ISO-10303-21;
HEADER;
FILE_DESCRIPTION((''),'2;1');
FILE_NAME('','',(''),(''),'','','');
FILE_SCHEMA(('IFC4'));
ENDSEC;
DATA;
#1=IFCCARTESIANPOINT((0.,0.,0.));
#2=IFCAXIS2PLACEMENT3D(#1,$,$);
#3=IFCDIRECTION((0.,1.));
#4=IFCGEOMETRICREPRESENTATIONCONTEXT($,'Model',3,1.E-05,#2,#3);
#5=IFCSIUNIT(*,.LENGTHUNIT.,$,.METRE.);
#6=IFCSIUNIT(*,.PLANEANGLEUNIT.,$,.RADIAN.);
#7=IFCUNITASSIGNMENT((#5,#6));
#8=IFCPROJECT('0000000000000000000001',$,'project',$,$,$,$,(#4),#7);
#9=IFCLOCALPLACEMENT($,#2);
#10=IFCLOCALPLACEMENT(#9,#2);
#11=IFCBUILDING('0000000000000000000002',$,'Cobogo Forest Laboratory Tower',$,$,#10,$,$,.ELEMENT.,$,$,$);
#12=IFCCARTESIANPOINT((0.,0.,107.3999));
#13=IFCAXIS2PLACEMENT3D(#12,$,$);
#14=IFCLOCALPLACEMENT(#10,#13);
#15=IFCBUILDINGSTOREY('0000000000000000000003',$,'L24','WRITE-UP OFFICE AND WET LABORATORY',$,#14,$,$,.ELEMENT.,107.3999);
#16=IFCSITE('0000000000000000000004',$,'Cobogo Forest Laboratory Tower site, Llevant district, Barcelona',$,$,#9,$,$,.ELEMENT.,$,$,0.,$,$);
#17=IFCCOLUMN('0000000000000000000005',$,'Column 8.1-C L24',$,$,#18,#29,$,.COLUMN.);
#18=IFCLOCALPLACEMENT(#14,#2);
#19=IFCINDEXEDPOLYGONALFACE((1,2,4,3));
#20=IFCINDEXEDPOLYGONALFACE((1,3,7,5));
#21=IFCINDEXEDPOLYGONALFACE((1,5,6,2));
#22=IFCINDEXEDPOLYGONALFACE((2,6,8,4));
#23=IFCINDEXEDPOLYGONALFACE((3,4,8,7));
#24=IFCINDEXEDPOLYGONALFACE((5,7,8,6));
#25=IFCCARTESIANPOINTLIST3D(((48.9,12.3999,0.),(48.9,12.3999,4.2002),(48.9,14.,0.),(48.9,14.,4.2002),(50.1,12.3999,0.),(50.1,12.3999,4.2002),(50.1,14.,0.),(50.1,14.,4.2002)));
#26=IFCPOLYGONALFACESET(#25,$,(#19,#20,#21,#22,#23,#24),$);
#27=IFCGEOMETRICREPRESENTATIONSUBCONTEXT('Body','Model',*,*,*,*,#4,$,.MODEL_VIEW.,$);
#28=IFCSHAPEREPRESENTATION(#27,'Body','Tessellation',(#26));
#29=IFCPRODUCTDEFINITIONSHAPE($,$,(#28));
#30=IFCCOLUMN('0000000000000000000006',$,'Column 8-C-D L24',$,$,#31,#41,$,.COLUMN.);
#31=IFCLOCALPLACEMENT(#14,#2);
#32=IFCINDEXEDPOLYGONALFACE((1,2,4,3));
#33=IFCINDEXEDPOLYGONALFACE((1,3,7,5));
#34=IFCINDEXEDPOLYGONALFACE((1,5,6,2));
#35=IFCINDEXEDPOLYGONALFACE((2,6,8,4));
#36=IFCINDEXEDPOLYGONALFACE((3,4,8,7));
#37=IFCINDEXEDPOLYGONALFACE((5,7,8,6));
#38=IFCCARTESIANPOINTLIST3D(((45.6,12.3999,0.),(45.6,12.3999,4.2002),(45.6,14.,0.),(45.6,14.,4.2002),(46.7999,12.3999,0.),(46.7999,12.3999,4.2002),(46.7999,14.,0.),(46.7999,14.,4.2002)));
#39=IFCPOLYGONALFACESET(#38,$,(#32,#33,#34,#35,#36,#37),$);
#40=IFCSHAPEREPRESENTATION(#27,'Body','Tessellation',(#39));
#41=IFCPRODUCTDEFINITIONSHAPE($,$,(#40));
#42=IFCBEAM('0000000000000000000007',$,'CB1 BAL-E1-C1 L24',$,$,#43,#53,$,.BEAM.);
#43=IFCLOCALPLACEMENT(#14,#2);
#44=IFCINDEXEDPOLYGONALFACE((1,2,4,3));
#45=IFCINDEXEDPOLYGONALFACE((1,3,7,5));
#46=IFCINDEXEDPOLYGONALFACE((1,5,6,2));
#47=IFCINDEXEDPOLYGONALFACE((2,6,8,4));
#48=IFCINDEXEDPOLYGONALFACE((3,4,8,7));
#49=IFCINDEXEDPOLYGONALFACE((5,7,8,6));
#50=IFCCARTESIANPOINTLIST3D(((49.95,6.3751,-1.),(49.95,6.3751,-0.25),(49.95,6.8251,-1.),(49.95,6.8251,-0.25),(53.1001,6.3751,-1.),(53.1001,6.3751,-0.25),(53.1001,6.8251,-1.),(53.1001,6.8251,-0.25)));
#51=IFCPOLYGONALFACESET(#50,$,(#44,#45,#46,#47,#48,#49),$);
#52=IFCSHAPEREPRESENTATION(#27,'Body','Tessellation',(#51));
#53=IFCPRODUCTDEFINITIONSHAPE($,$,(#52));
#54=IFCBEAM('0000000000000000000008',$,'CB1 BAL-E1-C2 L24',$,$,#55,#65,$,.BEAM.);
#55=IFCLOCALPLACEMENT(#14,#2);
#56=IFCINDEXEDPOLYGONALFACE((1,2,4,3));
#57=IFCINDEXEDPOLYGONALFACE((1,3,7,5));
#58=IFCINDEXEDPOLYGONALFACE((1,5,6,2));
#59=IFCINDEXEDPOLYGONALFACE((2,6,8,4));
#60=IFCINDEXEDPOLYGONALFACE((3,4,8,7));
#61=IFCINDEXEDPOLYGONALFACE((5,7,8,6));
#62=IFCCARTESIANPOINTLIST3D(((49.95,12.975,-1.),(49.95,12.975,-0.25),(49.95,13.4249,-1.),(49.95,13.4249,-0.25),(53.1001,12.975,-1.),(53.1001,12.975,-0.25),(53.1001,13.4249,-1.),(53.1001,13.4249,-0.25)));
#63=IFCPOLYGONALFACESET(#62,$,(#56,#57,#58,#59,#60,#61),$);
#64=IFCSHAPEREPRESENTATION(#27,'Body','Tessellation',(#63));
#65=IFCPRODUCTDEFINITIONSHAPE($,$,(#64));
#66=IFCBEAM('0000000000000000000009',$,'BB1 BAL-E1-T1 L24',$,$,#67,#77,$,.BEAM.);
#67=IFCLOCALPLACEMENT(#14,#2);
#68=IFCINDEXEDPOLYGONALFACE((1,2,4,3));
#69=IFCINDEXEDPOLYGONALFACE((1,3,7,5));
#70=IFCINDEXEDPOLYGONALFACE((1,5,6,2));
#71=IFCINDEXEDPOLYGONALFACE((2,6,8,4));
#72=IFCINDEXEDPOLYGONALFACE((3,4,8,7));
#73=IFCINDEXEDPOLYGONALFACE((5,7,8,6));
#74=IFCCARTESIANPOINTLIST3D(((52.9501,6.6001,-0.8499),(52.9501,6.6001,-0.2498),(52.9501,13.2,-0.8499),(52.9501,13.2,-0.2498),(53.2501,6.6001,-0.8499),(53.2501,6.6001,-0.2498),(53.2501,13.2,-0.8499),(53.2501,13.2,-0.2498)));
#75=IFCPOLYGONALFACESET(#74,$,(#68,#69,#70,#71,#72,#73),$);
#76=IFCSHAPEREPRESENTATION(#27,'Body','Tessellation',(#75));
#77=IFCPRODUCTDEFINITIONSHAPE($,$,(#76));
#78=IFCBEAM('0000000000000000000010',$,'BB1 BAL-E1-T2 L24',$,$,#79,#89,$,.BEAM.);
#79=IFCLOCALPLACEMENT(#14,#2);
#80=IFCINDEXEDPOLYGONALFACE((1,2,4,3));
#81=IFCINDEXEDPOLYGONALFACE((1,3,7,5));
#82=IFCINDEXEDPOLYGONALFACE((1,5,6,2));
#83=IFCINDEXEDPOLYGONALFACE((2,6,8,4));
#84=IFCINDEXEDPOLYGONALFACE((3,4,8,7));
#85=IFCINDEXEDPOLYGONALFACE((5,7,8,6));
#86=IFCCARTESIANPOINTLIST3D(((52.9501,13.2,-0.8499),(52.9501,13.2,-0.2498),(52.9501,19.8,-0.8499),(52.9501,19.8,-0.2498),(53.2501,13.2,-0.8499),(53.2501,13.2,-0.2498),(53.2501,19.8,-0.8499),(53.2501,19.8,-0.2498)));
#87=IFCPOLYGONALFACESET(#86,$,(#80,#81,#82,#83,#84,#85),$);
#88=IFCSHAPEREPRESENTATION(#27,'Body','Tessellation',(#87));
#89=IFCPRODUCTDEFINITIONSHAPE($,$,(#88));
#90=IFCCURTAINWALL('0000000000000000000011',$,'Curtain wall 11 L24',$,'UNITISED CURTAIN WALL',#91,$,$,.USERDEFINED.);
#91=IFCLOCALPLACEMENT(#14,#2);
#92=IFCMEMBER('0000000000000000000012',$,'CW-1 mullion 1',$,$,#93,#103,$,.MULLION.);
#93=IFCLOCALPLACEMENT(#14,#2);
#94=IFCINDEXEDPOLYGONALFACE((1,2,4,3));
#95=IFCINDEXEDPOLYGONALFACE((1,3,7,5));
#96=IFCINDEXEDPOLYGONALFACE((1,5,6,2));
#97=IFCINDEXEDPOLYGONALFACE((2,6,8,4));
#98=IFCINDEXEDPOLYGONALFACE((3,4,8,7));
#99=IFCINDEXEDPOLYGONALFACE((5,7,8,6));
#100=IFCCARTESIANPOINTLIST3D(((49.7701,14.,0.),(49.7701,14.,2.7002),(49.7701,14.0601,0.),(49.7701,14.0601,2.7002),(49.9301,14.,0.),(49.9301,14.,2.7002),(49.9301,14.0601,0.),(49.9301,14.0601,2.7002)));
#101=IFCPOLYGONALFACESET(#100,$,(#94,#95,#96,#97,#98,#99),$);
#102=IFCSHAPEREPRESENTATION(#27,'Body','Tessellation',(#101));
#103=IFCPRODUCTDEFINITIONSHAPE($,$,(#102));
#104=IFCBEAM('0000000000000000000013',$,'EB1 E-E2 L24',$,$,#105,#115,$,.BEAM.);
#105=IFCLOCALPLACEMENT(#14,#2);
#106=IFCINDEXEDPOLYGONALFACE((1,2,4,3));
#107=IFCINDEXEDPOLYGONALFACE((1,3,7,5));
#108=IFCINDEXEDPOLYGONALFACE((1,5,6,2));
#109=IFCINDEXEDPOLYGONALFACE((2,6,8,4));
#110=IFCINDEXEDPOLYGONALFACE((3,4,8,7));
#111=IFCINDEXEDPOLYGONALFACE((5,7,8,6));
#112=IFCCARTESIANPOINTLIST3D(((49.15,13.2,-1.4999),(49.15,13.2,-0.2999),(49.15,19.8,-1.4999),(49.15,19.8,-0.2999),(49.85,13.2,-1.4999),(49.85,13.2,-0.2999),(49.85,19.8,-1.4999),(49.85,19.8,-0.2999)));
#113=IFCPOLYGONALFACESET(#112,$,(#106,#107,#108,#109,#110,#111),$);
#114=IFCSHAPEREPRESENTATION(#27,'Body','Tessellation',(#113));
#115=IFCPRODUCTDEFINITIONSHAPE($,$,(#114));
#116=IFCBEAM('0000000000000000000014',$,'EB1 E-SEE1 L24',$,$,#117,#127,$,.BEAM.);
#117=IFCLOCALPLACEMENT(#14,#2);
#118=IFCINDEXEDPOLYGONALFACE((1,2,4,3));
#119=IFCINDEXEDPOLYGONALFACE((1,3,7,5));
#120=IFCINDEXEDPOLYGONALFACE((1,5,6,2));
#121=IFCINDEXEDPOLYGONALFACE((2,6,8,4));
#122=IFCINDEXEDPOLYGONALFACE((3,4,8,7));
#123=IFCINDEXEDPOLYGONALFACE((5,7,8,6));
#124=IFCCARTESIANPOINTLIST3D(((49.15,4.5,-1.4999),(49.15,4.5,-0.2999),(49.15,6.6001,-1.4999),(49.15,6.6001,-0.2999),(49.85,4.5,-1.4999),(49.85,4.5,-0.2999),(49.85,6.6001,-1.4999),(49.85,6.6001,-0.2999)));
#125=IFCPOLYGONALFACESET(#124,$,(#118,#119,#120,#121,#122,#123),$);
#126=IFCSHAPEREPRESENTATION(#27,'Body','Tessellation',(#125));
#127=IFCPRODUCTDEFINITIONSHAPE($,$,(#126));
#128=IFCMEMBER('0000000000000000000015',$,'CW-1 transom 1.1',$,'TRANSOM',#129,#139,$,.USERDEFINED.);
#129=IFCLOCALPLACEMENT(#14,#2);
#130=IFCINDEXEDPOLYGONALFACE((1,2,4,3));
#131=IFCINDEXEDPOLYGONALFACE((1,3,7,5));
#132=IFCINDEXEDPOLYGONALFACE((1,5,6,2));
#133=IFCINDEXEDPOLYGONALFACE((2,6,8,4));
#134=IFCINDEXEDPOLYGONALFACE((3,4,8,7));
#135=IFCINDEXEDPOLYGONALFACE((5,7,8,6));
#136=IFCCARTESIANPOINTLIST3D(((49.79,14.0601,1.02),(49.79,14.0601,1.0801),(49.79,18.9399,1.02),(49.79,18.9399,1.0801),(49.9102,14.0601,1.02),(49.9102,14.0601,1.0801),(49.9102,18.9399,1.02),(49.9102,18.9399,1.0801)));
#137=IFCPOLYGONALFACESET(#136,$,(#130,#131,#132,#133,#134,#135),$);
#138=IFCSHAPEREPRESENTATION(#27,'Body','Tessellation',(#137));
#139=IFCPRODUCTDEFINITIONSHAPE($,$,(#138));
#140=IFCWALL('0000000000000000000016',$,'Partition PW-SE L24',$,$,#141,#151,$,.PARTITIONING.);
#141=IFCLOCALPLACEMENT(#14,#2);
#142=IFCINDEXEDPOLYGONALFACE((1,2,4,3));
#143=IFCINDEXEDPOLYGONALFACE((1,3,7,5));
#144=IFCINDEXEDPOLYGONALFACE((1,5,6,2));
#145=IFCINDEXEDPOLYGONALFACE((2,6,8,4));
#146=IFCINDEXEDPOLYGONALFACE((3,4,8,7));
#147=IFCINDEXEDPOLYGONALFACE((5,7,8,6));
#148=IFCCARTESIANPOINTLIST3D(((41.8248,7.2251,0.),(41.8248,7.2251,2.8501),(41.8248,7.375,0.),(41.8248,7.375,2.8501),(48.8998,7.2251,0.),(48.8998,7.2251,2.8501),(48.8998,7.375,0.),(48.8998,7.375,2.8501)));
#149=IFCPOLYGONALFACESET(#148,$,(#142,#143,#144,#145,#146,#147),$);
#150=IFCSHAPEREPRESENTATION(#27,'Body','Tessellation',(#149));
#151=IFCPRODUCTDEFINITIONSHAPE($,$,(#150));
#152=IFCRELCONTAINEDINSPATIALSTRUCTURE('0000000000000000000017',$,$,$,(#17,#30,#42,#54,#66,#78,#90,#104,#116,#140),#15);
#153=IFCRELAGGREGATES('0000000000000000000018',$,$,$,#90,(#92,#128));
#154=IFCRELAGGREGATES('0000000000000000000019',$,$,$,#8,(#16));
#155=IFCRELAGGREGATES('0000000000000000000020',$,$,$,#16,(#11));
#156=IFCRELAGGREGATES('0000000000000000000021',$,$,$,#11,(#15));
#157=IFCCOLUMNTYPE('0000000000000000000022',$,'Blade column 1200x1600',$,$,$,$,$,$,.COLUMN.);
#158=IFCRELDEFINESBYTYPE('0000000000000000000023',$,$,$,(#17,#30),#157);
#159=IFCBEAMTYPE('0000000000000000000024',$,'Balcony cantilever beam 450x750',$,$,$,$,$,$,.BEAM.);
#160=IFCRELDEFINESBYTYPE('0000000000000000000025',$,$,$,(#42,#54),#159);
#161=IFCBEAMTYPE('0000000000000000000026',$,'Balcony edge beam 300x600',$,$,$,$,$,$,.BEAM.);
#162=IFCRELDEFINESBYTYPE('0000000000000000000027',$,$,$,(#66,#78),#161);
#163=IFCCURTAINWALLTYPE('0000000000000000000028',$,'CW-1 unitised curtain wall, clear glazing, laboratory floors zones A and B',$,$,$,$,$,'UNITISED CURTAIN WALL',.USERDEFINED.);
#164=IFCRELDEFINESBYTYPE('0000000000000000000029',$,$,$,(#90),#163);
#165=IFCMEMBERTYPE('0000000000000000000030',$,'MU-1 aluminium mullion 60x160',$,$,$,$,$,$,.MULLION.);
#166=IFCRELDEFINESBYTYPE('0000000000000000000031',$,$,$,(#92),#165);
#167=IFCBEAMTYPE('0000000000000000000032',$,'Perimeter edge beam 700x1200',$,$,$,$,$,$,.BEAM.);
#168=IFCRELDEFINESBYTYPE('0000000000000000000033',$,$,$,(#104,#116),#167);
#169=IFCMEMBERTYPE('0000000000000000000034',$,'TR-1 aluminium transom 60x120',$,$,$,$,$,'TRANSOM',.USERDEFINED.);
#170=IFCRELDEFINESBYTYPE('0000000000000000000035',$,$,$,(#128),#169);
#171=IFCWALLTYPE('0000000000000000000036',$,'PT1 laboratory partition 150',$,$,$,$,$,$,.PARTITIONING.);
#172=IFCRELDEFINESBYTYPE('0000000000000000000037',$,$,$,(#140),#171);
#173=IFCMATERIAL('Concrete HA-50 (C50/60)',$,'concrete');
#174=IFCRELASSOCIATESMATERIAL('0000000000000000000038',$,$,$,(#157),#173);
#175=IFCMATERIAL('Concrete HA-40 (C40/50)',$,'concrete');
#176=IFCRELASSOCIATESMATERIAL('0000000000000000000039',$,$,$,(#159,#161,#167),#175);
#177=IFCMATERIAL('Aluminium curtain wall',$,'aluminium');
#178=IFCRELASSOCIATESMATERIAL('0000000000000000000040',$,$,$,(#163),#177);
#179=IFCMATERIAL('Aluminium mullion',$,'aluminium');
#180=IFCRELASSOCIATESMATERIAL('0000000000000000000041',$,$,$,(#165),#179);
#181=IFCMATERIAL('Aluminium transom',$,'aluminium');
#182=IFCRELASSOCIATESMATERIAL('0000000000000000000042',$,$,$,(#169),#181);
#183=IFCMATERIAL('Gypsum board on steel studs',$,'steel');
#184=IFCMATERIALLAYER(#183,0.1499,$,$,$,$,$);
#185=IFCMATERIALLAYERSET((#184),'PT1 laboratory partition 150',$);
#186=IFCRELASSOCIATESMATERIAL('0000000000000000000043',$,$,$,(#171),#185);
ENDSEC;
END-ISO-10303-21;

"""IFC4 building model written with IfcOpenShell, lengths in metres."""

from ifc_helpers import new_model, si_unit, direction, frame, frame_2d, origin, origin_2d, place, context, subcontext, project, spatial, rectangle, extrude, material, layer, layer_set, material_profile, profile_set, type_object, element, aggregate, save


model = new_model("IFC4")

# Units and contexts
model_context = context("Model", 3, precision=1e-05, world=origin(), true_north=direction((0.0, 1.0)))
body_context = subcontext(model_context, "Body", "Model", "MODEL_VIEW")
ifc_project = project(units=[si_unit("LENGTHUNIT", "METRE"), si_unit("PLANEANGLEUNIT", "RADIAN")], contexts=[model_context])

# Site, building, storey
site_placement = place(None, origin())
site = spatial("IfcSite", under=ifc_project, at=site_placement, Name="Cobogo Forest Laboratory Tower site, Llevant district, Barcelona", CompositionType="ELEMENT", RefElevation=0.0)
building_placement = place(site_placement, origin())
building = spatial("IfcBuilding", under=site, at=building_placement, Name="Cobogo Forest Laboratory Tower", CompositionType="ELEMENT")
storey_placement = place(building_placement, frame((0.0, 0.0, 107.3999)))
storey = spatial("IfcBuildingStorey", under=building, at=storey_placement, Name="L24", Description="WRITE-UP OFFICE AND WET LABORATORY", CompositionType="ELEMENT", Elevation=107.3999)

# Columns
ifc_material_1 = material(Name="Concrete HA-50 (C50/60)", Category="concrete")
ifc_material_profile_1 = material_profile(ifc_material_1, rectangle(XDim=1.6001, YDim=1.2, at=origin_2d()), Name="RC 1200x1600")
ifc_profile_set_1 = profile_set([ifc_material_profile_1], Name="Concrete HA-50 (C50/60)")
column_type = type_object("IfcColumnType", Name="Blade column 1200x1600", PredefinedType="COLUMN", material=ifc_profile_set_1)
for number, where, z_axis, x_axis, name in (
    (1, (49.5, 13.2, 0.0), (0.0, 0.0, 1.0), (0.0, 1.0, 0.0), "Column 8.1-C L24"),
    (2, (46.2, 13.2, 0.0), (0.0, 0.0, 1.0), (0.0, 1.0, 0.0), "Column 8-C-D L24"),
):
    element("IfcColumn", number, at=place(storey_placement, frame(where, z_axis=z_axis, x_axis=x_axis)), inside=storey, type_object=column_type, Name=name, PredefinedType="COLUMN", context=body_context, shape_type="SweptSolid", body=[
        extrude(rectangle(XDim=1.6001, YDim=1.2, at=origin_2d()), origin(), (0.0, 0.0, 1.0), 4.2002),
    ])

# Beams
ifc_material_2 = material(Name="Concrete HA-40 (C40/50)", Category="concrete")
ifc_material_profile_2 = material_profile(ifc_material_2, rectangle(XDim=0.45, YDim=0.75, at=origin_2d()), Name="RC 450x750")
ifc_profile_set_2 = profile_set([ifc_material_profile_2], Name="Concrete HA-40 (C40/50)")
beam_type_1 = type_object("IfcBeamType", Name="Balcony cantilever beam 450x750", PredefinedType="BEAM", material=ifc_profile_set_2)
for number, where, z_axis, x_axis, name in (
    (3, (49.95, 6.6001, -0.625), (1.0, 0.0, 0.0), (0.0, 1.0, 0.0), "CB1 BAL-E1-C1 L24"),
    (4, (49.95, 13.2, -0.625), (1.0, 0.0, 0.0), (0.0, 1.0, 0.0), "CB1 BAL-E1-C2 L24"),
):
    element("IfcBeam", number, at=place(storey_placement, frame(where, z_axis=z_axis, x_axis=x_axis)), inside=storey, type_object=beam_type_1, Name=name, PredefinedType="BEAM", context=body_context, shape_type="SweptSolid", body=[
        extrude(rectangle(XDim=0.45, YDim=0.75, at=origin_2d()), origin(), (0.0, 0.0, 1.0), 3.1501),
    ])
ifc_material_profile_3 = material_profile(ifc_material_2, rectangle(XDim=0.3, YDim=0.6001, at=origin_2d()), Name="RC 300x600")
ifc_profile_set_3 = profile_set([ifc_material_profile_3], Name="Concrete HA-40 (C40/50)")
beam_type_2 = type_object("IfcBeamType", Name="Balcony edge beam 300x600", PredefinedType="BEAM", material=ifc_profile_set_3)
beam_1_placement = place(storey_placement, frame((53.1001, 6.6001, -0.5498), z_axis=(0.0, 1.0, 0.0), x_axis=(-1.0, 0.0, 0.0)))
element("IfcBeam", 5, at=beam_1_placement, inside=storey, type_object=beam_type_2, Name="BB1 BAL-E1-T1 L24", PredefinedType="BEAM", context=body_context, shape_type="SweptSolid", body=[
    extrude(rectangle(XDim=0.3, YDim=0.6001, at=origin_2d()), origin(), (0.0, 0.0, 1.0), 6.5999),
])
beam_2_placement = place(storey_placement, frame((53.1001, 13.2, -0.5498), z_axis=(0.0, 1.0, 0.0), x_axis=(-1.0, 0.0, 0.0)))
element("IfcBeam", 6, at=beam_2_placement, inside=storey, type_object=beam_type_2, Name="BB1 BAL-E1-T2 L24", PredefinedType="BEAM", context=body_context, shape_type="SweptSolid", body=[
    extrude(rectangle(XDim=0.3, YDim=0.6001, at=origin_2d()), origin(), (0.0, 0.0, 1.0), 6.6001),
])

# Curtain wall, member
ifc_material_3 = material(Name="Aluminium curtain wall", Category="aluminium")
curtain_wall_type = type_object("IfcCurtainWallType", Name="CW-1 unitised curtain wall, clear glazing, laboratory floors zones A and B", ElementType="UNITISED CURTAIN WALL", PredefinedType="USERDEFINED", material=ifc_material_3)
curtain_wall_placement = place(storey_placement, origin())
curtain_wall = element("IfcCurtainWall", 7, at=curtain_wall_placement, inside=storey, type_object=curtain_wall_type, Name="Curtain wall 11 L24", ObjectType="UNITISED CURTAIN WALL", PredefinedType="USERDEFINED")
ifc_material_4 = material(Name="Aluminium mullion", Category="aluminium")
ifc_material_profile_4 = material_profile(ifc_material_4, rectangle(XDim=0.0601, YDim=0.1599, at=origin_2d()), Name="AL 60x160")
ifc_profile_set_4 = profile_set([ifc_material_profile_4], Name="Aluminium mullion")
member_type_1 = type_object("IfcMemberType", Name="MU-1 aluminium mullion 60x160", PredefinedType="MULLION", material=ifc_profile_set_4)
member_1_placement = place(storey_placement, frame((49.8501, 14.03, 0.0), z_axis=(0.0, 0.0, 1.0), x_axis=(0.0, 1.0, 0.0)))
member_1 = element("IfcMember", 8, at=member_1_placement, type_object=member_type_1, Name="CW-1 mullion 1", PredefinedType="MULLION", context=body_context, shape_type="SweptSolid", body=[
    extrude(rectangle(XDim=0.0601, YDim=0.1599, at=origin_2d()), origin(), (0.0, 0.0, 1.0), 2.7002),
])

# Beams
ifc_material_profile_5 = material_profile(ifc_material_2, rectangle(XDim=0.7, YDim=1.2, at=origin_2d()), Name="RC 700x1200")
ifc_profile_set_5 = profile_set([ifc_material_profile_5], Name="Concrete HA-40 (C40/50)")
beam_type_3 = type_object("IfcBeamType", Name="Perimeter edge beam 700x1200", PredefinedType="BEAM", material=ifc_profile_set_5)
beam_3_placement = place(storey_placement, frame((49.5, 13.2, -0.8999), z_axis=(0.0, 1.0, 0.0), x_axis=(-1.0, 0.0, 0.0)))
element("IfcBeam", 9, at=beam_3_placement, inside=storey, type_object=beam_type_3, Name="EB1 E-E2 L24", PredefinedType="BEAM", context=body_context, shape_type="SweptSolid", body=[
    extrude(rectangle(XDim=0.7, YDim=1.2, at=origin_2d()), origin(), (0.0, 0.0, 1.0), 6.6001),
])
beam_4_placement = place(storey_placement, frame((49.5, 6.6001, -0.8999), z_axis=(0.0, -1.0, 0.0), x_axis=(1.0, 0.0, 0.0)))
element("IfcBeam", 10, at=beam_4_placement, inside=storey, type_object=beam_type_3, Name="EB1 E-SEE1 L24", PredefinedType="BEAM", context=body_context, shape_type="SweptSolid", body=[
    extrude(rectangle(XDim=0.7, YDim=1.2, at=origin_2d()), origin(), (0.0, 0.0, 1.0), 2.1001),
])

# Member
ifc_material_5 = material(Name="Aluminium transom", Category="aluminium")
ifc_material_profile_6 = material_profile(ifc_material_5, rectangle(XDim=0.1201, YDim=0.0601, at=origin_2d()), Name="AL 60x120")
ifc_profile_set_6 = profile_set([ifc_material_profile_6], Name="Aluminium transom")
member_type_2 = type_object("IfcMemberType", Name="TR-1 aluminium transom 60x120", ElementType="TRANSOM", PredefinedType="USERDEFINED", material=ifc_profile_set_6)
member_2_placement = place(storey_placement, frame((49.8501, 14.0601, 1.05), z_axis=(0.0, 1.0, 0.0), x_axis=(-1.0, 0.0, 0.0)))
member_2 = element("IfcMember", 11, at=member_2_placement, type_object=member_type_2, Name="CW-1 transom 1.1", ObjectType="TRANSOM", PredefinedType="USERDEFINED", context=body_context, shape_type="SweptSolid", body=[
    extrude(rectangle(XDim=0.1201, YDim=0.0601, at=origin_2d()), origin(), (0.0, 0.0, 1.0), 4.8799),
])
aggregate(curtain_wall, [member_1, member_2])

# Wall
ifc_material_6 = material(Name="Gypsum board on steel studs", Category="steel")
ifc_layer_1 = layer(ifc_material_6, 0.1499)
ifc_layer_set_1 = layer_set([ifc_layer_1], Name="PT1 laboratory partition 150")
wall_type_1 = type_object("IfcWallType", Name="PT1 laboratory partition 150", PredefinedType="PARTITIONING", material=ifc_layer_set_1)
wall_1_placement = place(storey_placement, frame((48.8999, 7.3, 0.0), z_axis=(0.0, 0.0, 1.0), x_axis=(-1.0, 0.0, 0.0)))
element("IfcWall", 12, at=wall_1_placement, inside=storey, type_object=wall_type_1, Name="Partition PW-SE L24", PredefinedType="PARTITIONING", context=body_context, shape_type="SweptSolid", body=[
    extrude(rectangle(XDim=7.075, YDim=0.1499, at=frame_2d((3.5376, 0.0))), origin(), (0.0, 0.0, 1.0), 2.8501),
])

save(model, "model.ifc")
